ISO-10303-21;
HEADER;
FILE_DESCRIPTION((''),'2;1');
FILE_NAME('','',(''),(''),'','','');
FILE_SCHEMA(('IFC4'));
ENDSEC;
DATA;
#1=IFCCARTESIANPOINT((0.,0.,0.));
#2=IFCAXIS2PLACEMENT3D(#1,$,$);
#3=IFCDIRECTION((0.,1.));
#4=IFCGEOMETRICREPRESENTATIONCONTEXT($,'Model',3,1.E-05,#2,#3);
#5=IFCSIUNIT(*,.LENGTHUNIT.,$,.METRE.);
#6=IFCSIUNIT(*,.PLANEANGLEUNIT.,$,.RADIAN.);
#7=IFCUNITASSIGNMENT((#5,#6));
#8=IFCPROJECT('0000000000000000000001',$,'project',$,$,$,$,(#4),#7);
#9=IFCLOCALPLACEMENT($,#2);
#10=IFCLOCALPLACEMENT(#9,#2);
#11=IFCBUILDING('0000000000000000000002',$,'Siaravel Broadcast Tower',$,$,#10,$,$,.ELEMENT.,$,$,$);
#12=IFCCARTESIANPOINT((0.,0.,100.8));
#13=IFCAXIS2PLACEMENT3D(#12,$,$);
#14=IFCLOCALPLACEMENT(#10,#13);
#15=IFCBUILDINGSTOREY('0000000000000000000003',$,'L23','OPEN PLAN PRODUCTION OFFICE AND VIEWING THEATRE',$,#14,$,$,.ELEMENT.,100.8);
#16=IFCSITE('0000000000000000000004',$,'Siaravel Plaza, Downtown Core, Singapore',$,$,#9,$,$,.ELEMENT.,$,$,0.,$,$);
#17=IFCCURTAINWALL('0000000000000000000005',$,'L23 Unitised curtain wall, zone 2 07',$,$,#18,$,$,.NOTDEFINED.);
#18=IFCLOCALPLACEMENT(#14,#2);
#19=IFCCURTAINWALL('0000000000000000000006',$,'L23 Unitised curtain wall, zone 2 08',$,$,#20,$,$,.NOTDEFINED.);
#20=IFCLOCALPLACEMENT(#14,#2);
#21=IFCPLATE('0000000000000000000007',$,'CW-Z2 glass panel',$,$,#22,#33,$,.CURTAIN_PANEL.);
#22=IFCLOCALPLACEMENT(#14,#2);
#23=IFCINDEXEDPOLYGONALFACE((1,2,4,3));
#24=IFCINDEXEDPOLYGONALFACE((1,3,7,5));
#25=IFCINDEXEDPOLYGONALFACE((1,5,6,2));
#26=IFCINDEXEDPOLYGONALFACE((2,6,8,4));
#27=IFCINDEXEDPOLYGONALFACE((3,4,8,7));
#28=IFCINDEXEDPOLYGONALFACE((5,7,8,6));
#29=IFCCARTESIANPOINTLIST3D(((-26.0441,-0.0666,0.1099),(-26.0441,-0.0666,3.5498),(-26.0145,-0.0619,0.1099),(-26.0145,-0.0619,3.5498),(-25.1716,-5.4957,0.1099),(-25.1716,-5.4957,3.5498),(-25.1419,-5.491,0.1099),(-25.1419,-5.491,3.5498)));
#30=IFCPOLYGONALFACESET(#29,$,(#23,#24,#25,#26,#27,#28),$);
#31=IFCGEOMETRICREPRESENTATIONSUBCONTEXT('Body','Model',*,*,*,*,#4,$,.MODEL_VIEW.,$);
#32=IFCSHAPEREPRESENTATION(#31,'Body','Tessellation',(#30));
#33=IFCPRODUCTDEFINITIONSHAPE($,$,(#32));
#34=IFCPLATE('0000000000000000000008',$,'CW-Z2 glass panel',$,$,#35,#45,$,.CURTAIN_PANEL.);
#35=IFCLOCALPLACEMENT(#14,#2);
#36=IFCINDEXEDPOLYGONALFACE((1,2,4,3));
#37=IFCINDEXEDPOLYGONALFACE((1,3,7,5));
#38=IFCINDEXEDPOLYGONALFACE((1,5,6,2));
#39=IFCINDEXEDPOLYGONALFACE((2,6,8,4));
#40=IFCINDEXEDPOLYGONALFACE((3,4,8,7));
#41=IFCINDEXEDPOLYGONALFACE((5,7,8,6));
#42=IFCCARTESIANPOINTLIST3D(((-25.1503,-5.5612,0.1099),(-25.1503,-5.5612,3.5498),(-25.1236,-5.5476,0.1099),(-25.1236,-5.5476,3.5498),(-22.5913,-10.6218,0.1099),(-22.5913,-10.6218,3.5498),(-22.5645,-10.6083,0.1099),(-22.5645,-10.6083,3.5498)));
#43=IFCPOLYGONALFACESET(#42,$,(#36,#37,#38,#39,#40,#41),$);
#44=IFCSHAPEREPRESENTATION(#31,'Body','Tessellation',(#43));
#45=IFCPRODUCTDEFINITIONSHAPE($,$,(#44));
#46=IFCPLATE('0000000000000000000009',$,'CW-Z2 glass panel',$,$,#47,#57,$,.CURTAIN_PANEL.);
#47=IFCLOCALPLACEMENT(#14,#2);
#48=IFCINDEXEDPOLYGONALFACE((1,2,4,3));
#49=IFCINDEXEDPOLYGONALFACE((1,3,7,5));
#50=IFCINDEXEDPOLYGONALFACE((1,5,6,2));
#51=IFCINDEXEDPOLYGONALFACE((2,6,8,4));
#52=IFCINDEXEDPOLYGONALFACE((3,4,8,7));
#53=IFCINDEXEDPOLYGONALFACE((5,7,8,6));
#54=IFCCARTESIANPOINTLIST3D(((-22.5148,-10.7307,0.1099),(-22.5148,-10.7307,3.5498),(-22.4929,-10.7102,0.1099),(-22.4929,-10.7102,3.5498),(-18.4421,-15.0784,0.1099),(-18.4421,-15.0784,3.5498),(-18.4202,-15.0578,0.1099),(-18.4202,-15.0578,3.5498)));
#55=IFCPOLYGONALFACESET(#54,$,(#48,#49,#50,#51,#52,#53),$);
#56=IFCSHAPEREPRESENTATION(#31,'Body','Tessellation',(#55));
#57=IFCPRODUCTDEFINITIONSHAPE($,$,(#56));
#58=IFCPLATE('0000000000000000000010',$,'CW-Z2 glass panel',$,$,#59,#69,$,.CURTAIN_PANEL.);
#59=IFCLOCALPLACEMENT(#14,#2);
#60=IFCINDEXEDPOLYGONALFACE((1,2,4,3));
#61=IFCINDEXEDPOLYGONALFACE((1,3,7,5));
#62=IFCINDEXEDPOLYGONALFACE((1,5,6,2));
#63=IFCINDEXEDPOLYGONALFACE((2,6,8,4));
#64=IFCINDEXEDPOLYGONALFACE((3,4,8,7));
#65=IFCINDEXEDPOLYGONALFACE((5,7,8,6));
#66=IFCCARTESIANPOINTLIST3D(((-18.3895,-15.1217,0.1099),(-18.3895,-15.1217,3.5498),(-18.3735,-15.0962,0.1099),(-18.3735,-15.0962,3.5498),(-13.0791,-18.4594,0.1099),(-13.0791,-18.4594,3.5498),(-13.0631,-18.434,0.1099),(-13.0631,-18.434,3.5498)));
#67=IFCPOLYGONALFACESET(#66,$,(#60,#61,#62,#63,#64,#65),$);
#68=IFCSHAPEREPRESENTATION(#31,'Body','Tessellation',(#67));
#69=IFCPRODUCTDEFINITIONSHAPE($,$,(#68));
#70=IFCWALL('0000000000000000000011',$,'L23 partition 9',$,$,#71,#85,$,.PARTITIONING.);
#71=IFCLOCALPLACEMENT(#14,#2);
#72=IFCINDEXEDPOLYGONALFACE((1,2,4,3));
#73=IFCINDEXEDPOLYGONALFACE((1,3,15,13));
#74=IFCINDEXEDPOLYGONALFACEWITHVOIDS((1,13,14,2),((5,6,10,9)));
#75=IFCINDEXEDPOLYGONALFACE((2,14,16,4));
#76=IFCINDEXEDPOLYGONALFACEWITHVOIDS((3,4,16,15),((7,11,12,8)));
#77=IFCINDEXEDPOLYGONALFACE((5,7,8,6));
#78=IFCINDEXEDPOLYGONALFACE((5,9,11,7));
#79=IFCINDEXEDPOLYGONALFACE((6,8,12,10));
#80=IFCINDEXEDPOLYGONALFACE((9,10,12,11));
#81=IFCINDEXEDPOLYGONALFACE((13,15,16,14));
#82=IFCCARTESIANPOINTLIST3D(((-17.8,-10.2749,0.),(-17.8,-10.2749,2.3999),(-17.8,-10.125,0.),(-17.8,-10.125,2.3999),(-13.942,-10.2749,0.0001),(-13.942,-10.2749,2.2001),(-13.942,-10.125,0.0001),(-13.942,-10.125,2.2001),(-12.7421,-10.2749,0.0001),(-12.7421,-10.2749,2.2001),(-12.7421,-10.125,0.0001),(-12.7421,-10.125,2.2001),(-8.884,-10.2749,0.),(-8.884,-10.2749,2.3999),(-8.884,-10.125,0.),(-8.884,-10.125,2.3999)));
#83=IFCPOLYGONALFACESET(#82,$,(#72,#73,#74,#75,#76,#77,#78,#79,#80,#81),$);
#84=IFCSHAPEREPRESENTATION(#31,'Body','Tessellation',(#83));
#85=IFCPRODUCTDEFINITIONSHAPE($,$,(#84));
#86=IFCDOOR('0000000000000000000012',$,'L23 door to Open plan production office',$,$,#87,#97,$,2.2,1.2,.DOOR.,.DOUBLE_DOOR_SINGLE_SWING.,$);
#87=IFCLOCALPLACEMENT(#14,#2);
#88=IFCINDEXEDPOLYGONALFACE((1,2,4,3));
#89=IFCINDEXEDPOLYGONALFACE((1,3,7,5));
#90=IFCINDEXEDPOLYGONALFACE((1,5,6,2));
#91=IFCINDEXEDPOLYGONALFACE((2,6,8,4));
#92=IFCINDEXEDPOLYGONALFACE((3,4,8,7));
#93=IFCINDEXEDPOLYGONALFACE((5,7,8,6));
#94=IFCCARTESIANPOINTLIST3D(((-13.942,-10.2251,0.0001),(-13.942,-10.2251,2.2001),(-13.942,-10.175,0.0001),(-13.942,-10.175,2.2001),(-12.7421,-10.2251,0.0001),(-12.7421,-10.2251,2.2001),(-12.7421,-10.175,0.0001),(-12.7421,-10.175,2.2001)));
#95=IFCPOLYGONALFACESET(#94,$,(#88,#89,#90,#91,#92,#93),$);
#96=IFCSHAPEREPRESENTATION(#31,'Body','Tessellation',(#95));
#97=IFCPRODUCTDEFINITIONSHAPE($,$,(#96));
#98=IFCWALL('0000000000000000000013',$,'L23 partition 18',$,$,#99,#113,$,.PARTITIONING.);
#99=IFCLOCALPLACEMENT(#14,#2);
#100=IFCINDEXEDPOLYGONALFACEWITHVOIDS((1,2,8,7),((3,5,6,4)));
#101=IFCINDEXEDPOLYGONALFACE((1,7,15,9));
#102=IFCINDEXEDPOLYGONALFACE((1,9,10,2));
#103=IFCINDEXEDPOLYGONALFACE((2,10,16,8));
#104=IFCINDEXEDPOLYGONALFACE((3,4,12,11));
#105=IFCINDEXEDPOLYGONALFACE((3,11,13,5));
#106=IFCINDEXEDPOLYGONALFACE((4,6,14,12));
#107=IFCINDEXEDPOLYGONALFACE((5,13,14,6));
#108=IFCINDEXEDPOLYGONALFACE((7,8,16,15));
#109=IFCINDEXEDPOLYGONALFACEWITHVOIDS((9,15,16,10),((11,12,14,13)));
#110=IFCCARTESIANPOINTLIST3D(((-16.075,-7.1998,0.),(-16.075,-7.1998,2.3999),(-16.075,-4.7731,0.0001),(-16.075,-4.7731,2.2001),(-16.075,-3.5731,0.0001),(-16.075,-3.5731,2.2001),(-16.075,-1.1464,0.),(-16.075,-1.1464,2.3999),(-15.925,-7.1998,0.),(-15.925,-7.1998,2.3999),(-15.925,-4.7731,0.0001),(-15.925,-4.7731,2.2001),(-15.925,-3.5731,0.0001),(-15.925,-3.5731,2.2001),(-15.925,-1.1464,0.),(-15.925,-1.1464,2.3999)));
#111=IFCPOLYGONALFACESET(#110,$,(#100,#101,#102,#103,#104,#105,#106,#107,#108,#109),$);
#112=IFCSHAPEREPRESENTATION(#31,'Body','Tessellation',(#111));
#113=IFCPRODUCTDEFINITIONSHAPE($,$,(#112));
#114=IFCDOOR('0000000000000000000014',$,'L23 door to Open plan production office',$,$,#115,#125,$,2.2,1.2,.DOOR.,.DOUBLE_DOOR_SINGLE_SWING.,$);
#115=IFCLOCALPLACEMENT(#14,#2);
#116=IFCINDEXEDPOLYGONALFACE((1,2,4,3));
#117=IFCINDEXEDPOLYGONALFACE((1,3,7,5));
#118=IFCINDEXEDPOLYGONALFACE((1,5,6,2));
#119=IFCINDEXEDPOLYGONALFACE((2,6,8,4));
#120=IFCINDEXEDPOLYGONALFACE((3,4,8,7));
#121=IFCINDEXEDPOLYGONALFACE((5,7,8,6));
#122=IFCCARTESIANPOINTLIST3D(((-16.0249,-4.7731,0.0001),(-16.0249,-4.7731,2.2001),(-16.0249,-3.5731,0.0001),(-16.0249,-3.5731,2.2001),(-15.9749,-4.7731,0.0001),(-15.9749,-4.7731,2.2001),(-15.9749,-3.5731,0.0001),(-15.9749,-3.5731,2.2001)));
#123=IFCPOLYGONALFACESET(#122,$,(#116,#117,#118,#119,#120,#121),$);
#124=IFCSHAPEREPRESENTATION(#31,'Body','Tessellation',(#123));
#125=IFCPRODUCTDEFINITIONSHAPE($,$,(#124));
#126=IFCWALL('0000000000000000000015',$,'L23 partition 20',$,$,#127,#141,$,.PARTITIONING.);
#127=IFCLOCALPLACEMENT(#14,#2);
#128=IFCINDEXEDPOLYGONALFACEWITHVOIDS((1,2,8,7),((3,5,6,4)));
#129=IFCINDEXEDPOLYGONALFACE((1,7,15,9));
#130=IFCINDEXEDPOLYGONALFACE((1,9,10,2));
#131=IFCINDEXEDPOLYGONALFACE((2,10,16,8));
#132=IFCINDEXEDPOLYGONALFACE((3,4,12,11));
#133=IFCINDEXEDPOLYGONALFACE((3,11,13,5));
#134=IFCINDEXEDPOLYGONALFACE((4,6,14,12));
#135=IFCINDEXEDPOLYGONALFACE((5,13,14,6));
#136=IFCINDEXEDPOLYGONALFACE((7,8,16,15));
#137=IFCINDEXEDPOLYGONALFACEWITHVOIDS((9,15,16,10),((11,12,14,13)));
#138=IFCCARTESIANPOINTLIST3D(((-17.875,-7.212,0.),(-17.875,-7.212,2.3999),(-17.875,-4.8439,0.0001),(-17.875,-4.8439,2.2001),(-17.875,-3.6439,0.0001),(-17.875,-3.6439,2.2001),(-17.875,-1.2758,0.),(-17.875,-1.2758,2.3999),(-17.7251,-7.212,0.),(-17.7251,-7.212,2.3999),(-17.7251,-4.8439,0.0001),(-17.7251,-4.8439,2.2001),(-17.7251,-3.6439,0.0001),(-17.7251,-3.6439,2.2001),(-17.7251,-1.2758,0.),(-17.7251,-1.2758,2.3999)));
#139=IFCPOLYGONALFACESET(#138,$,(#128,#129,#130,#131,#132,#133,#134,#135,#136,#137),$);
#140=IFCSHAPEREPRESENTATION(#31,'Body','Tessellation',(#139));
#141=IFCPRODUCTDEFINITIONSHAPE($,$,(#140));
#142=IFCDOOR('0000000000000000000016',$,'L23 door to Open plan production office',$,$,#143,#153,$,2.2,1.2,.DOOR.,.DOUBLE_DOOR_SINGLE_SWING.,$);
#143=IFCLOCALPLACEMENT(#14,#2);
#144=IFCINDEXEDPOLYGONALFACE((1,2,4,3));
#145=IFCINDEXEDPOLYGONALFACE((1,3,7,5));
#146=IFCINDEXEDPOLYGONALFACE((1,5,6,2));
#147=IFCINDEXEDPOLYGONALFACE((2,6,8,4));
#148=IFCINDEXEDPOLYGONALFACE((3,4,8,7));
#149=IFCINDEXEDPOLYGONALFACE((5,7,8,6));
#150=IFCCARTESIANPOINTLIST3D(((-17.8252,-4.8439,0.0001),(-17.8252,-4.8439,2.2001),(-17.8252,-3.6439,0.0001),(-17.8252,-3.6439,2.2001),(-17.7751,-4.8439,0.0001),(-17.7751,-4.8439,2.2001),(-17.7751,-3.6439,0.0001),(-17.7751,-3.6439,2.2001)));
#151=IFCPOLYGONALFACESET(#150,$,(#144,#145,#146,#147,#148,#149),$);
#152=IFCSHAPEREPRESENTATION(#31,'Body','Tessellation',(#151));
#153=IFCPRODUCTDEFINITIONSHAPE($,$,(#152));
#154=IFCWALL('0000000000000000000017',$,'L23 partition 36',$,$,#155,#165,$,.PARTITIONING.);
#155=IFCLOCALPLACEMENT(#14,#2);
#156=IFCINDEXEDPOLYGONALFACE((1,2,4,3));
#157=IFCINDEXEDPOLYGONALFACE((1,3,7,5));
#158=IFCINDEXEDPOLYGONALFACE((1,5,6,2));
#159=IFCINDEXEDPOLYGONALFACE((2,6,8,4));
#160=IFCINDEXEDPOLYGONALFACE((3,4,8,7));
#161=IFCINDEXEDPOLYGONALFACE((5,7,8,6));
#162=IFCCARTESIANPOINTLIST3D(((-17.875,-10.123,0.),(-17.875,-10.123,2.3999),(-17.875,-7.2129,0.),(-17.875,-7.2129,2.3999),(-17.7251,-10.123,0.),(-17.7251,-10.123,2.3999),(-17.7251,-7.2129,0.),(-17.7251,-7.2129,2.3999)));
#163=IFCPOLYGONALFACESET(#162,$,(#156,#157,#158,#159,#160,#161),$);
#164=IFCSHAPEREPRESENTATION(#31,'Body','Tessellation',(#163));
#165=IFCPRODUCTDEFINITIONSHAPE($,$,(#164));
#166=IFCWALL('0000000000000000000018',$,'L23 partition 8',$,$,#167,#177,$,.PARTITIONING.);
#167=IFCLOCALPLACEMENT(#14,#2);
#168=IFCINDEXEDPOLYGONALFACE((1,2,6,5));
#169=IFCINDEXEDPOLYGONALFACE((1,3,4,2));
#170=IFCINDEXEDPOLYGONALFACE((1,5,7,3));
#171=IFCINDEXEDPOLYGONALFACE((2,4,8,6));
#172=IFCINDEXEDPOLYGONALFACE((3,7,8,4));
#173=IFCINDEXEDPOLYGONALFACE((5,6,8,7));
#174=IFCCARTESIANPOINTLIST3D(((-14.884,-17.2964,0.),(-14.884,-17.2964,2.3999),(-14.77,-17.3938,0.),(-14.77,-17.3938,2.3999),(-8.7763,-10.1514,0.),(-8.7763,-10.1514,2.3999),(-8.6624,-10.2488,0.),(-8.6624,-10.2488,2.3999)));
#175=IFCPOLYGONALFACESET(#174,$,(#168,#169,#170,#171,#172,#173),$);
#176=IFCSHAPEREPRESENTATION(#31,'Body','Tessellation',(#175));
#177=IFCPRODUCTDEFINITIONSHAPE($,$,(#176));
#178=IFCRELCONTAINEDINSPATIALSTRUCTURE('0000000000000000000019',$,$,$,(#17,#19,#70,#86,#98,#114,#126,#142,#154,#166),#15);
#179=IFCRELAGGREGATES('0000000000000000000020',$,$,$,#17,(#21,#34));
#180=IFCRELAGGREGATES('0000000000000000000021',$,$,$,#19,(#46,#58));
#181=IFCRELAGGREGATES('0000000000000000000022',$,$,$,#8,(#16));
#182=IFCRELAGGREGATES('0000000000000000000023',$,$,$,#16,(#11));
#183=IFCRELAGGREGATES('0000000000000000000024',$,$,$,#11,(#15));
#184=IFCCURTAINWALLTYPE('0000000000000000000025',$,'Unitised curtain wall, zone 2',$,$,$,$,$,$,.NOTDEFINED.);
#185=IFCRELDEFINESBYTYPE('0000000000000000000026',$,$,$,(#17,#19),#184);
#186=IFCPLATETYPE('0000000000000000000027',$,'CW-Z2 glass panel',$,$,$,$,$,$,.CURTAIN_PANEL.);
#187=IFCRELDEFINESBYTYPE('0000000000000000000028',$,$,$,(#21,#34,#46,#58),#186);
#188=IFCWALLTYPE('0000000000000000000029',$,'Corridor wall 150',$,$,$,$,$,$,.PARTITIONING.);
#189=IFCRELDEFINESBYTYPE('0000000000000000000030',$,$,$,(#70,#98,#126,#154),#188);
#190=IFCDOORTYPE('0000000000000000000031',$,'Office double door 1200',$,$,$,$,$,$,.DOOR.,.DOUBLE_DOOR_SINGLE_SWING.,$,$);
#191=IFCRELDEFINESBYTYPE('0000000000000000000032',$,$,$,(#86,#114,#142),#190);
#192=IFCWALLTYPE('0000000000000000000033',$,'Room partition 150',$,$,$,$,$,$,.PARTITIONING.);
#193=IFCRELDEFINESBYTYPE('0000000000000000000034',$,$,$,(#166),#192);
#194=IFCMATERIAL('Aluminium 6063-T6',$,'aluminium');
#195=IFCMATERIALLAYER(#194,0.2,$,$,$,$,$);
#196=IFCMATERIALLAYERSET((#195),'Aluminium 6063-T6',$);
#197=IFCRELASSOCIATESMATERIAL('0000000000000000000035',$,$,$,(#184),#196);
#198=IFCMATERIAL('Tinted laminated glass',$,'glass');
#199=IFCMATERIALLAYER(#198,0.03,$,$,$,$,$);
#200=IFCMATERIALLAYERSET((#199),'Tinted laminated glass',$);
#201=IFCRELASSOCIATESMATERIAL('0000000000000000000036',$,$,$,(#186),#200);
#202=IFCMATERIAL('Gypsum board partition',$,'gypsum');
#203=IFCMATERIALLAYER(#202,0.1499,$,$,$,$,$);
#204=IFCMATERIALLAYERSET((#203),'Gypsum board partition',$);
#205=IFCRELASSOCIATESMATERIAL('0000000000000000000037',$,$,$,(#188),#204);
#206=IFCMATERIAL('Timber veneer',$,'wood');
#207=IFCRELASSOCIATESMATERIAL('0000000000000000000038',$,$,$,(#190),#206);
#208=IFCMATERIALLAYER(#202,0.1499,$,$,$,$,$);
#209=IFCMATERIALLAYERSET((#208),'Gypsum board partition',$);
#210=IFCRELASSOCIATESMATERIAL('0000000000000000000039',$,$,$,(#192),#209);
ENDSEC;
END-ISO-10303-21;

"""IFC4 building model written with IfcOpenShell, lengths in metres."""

from ifc_helpers import new_model, si_unit, direction, frame, frame_2d, origin, origin_2d, place, context, subcontext, project, spatial, rectangle, extrude, material, layer, layer_set, type_object, element, fill, aggregate, save


model = new_model("IFC4")

# Units and contexts
model_context = context("Model", 3, precision=1e-05, world=origin(), true_north=direction((0.0, 1.0)))
body_context = subcontext(model_context, "Body", "Model", "MODEL_VIEW")
ifc_project = project(units=[si_unit("LENGTHUNIT", "METRE"), si_unit("PLANEANGLEUNIT", "RADIAN")], contexts=[model_context])

# Site, building, storey
site_placement = place(None, origin())
site = spatial("IfcSite", under=ifc_project, at=site_placement, Name="Siaravel Plaza, Downtown Core, Singapore", CompositionType="ELEMENT", RefElevation=0.0)
building_placement = place(site_placement, origin())
building = spatial("IfcBuilding", under=site, at=building_placement, Name="Siaravel Broadcast Tower", CompositionType="ELEMENT")
storey_placement = place(building_placement, frame((0.0, 0.0, 100.8)))
storey = spatial("IfcBuildingStorey", under=building, at=storey_placement, Name="L23", Description="OPEN PLAN PRODUCTION OFFICE AND VIEWING THEATRE", CompositionType="ELEMENT", Elevation=100.8)

# Curtain walls
ifc_material_1 = material(Name="Aluminium 6063-T6", Category="aluminium")
ifc_layer_1 = layer(ifc_material_1, 0.2)
ifc_layer_set_1 = layer_set([ifc_layer_1], Name="Aluminium 6063-T6")
curtain_wall_type = type_object("IfcCurtainWallType", Name="Unitised curtain wall, zone 2", PredefinedType="NOTDEFINED", material=ifc_layer_set_1)
curtain_wall_1_placement = place(storey_placement, origin())
curtain_wall_1 = element("IfcCurtainWall", 1, at=curtain_wall_1_placement, inside=storey, type_object=curtain_wall_type, Name="L23 Unitised curtain wall, zone 2 07", PredefinedType="NOTDEFINED")
curtain_wall_2_placement = place(storey_placement, origin())
curtain_wall_2 = element("IfcCurtainWall", 2, at=curtain_wall_2_placement, inside=storey, type_object=curtain_wall_type, Name="L23 Unitised curtain wall, zone 2 08", PredefinedType="NOTDEFINED")

# Plates
ifc_material_2 = material(Name="Tinted laminated glass", Category="glass")
ifc_layer_2 = layer(ifc_material_2, 0.03)
ifc_layer_set_2 = layer_set([ifc_layer_2], Name="Tinted laminated glass")
plate_type = type_object("IfcPlateType", Name="CW-Z2 glass panel", PredefinedType="CURTAIN_PANEL", material=ifc_layer_set_2)
plate_1_placement = place(storey_placement, frame((-25.593, -2.7788, 0.1099), z_axis=(0.0, 0.0, 1.0), x_axis=(0.158686, -0.987329, 0.0)))
plate_1 = element("IfcPlate", 3, at=plate_1_placement, type_object=plate_type, Name="CW-Z2 glass panel", PredefinedType="CURTAIN_PANEL", context=body_context, shape_type="SweptSolid", body=[
    extrude(rectangle(XDim=5.4988, YDim=0.03, at=origin_2d()), origin(), (0.0, 0.0, 1.0), 3.4399),
])
plate_2_placement = place(storey_placement, frame((-23.8574, -8.0847, 0.1099), z_axis=(0.0, 0.0, 1.0), x_axis=(0.451261, -0.892392, 0.0)))
plate_2 = element("IfcPlate", 4, at=plate_2_placement, type_object=plate_type, Name="CW-Z2 glass panel", PredefinedType="CURTAIN_PANEL", context=body_context, shape_type="SweptSolid", body=[
    extrude(rectangle(XDim=5.6709, YDim=0.03, at=origin_2d()), origin(), (0.0, 0.0, 1.0), 3.4399),
])
aggregate(curtain_wall_1, [plate_1, plate_2])
plate_3_placement = place(storey_placement, frame((-20.4675, -12.8943, 0.1099), z_axis=(0.0, 0.0, 1.0), x_axis=(0.683656, -0.729805, 0.0)))
plate_3 = element("IfcPlate", 5, at=plate_3_placement, type_object=plate_type, Name="CW-Z2 glass panel", PredefinedType="CURTAIN_PANEL", context=body_context, shape_type="SweptSolid", body=[
    extrude(rectangle(XDim=5.9573, YDim=0.03, at=origin_2d()), origin(), (0.0, 0.0, 1.0), 3.4399),
])
plate_4_placement = place(storey_placement, frame((-15.7263, -16.7778, 0.1099), z_axis=(0.0, 0.0, 1.0), x_axis=(0.846651, -0.532149, 0.0)))
plate_4 = element("IfcPlate", 6, at=plate_4_placement, type_object=plate_type, Name="CW-Z2 glass panel", PredefinedType="CURTAIN_PANEL", context=body_context, shape_type="SweptSolid", body=[
    extrude(rectangle(XDim=6.2722, YDim=0.03, at=origin_2d()), origin(), (0.0, 0.0, 1.0), 3.4399),
])
aggregate(curtain_wall_2, [plate_3, plate_4])

# Walls, openings, doors
ifc_material_3 = material(Name="Gypsum board partition", Category="gypsum")
ifc_layer_3 = layer(ifc_material_3, 0.1499)
ifc_layer_set_3 = layer_set([ifc_layer_3], Name="Gypsum board partition")
wall_type_1 = type_object("IfcWallType", Name="Corridor wall 150", PredefinedType="PARTITIONING", material=ifc_layer_set_3)
wall_1_placement = place(storey_placement, frame((-17.8, -10.2, 0.0), z_axis=(0.0, 0.0, 1.0), x_axis=(1.0, 0.0, 0.0)))
wall_1 = element("IfcWall", 7, at=wall_1_placement, inside=storey, type_object=wall_type_1, Name="L23 partition 9", PredefinedType="PARTITIONING", context=body_context, shape_type="SweptSolid", body=[
    extrude(rectangle(XDim=8.916, YDim=0.1499, at=frame_2d((4.458, 0.0))), origin(), (0.0, 0.0, 1.0), 2.3999),
])
opening_1_placement = place(wall_1_placement, frame((3.8579, 0.0, 0.0)))
opening_1 = element("IfcOpeningElement", 8, at=opening_1_placement, cuts=wall_1, PredefinedType="OPENING", context=body_context, shape_type="SweptSolid", body=[
    extrude(rectangle(XDim=1.2, YDim=2.2, at=frame_2d((0.6001, 1.1001))), frame((0.0, 0.085, 0.0), z_axis=(0.0, -1.0, 0.0), x_axis=(1.0, 0.0, 0.0)), (0.0, 0.0, 1.0), 0.1699),
])
ifc_material_4 = material(Name="Timber veneer", Category="wood")
door_type = type_object("IfcDoorType", Name="Office double door 1200", OperationType="DOUBLE_DOOR_SINGLE_SWING", PredefinedType="DOOR", material=ifc_material_4)
door_1_placement = place(opening_1_placement, origin())
door_1 = element("IfcDoor", 9, at=door_1_placement, inside=storey, type_object=door_type, Name="L23 door to Open plan production office", OperationType="DOUBLE_DOOR_SINGLE_SWING", OverallHeight=2.2, OverallWidth=1.2, PredefinedType="DOOR", context=body_context, shape_type="SweptSolid", body=[
    extrude(rectangle(XDim=1.2, YDim=2.2, at=frame_2d((0.6001, 1.1001))), frame((0.0, 0.0249, 0.0), z_axis=(0.0, -1.0, 0.0), x_axis=(1.0, 0.0, 0.0)), (0.0, 0.0, 1.0), 0.05),
])
fill(opening_1, door_1)
wall_2_placement = place(storey_placement, frame((-16.0, -7.2, 0.0), z_axis=(0.0, 0.0, 1.0), x_axis=(0.0, 1.0, 0.0)))
wall_2 = element("IfcWall", 10, at=wall_2_placement, inside=storey, type_object=wall_type_1, Name="L23 partition 18", PredefinedType="PARTITIONING", context=body_context, shape_type="SweptSolid", body=[
    extrude(rectangle(XDim=6.0535, YDim=0.1499, at=frame_2d((3.0269, 0.0))), origin(), (0.0, 0.0, 1.0), 2.3999),
])
opening_2_placement = place(wall_2_placement, frame((2.4268, 0.0, 0.0)))
opening_2 = element("IfcOpeningElement", 11, at=opening_2_placement, cuts=wall_2, PredefinedType="OPENING", context=body_context, shape_type="SweptSolid", body=[
    extrude(rectangle(XDim=1.2, YDim=2.2, at=frame_2d((0.6001, 1.1001))), frame((0.0, 0.085, 0.0), z_axis=(0.0, -1.0, 0.0), x_axis=(1.0, 0.0, 0.0)), (0.0, 0.0, 1.0), 0.1699),
])
door_2_placement = place(opening_2_placement, origin())
door_2 = element("IfcDoor", 12, at=door_2_placement, inside=storey, type_object=door_type, Name="L23 door to Open plan production office", OperationType="DOUBLE_DOOR_SINGLE_SWING", OverallHeight=2.2, OverallWidth=1.2, PredefinedType="DOOR", context=body_context, shape_type="SweptSolid", body=[
    extrude(rectangle(XDim=1.2, YDim=2.2, at=frame_2d((0.6001, 1.1001))), frame((0.0, 0.0249, 0.0), z_axis=(0.0, -1.0, 0.0), x_axis=(1.0, 0.0, 0.0)), (0.0, 0.0, 1.0), 0.05),
])
fill(opening_2, door_2)
wall_3_placement = place(storey_placement, frame((-17.8, -1.2756, 0.0), z_axis=(0.0, 0.0, 1.0), x_axis=(0.0, -1.0, 0.0)))
wall_3 = element("IfcWall", 13, at=wall_3_placement, inside=storey, type_object=wall_type_1, Name="L23 partition 20", PredefinedType="PARTITIONING", context=body_context, shape_type="SweptSolid", body=[
    extrude(rectangle(XDim=5.9363, YDim=0.1499, at=frame_2d((2.9683, 0.0))), origin(), (0.0, 0.0, 1.0), 2.3999),
])
opening_3_placement = place(wall_3_placement, frame((2.3682, 0.0, 0.0)))
opening_3 = element("IfcOpeningElement", 14, at=opening_3_placement, cuts=wall_3, PredefinedType="OPENING", context=body_context, shape_type="SweptSolid", body=[
    extrude(rectangle(XDim=1.2, YDim=2.2, at=frame_2d((0.6001, 1.1001))), frame((0.0, 0.085, 0.0), z_axis=(0.0, -1.0, 0.0), x_axis=(1.0, 0.0, 0.0)), (0.0, 0.0, 1.0), 0.1699),
])
door_3_placement = place(opening_3_placement, origin())
door_3 = element("IfcDoor", 15, at=door_3_placement, inside=storey, type_object=door_type, Name="L23 door to Open plan production office", OperationType="DOUBLE_DOOR_SINGLE_SWING", OverallHeight=2.2, OverallWidth=1.2, PredefinedType="DOOR", context=body_context, shape_type="SweptSolid", body=[
    extrude(rectangle(XDim=1.2, YDim=2.2, at=frame_2d((0.6001, 1.1001))), frame((0.0, 0.0249, 0.0), z_axis=(0.0, -1.0, 0.0), x_axis=(1.0, 0.0, 0.0)), (0.0, 0.0, 1.0), 0.05),
])
fill(opening_3, door_3)

# Walls
wall_4_placement = place(storey_placement, frame((-17.8, -7.2129, 0.0), z_axis=(0.0, 0.0, 1.0), x_axis=(0.0, -1.0, 0.0)))
element("IfcWall", 16, at=wall_4_placement, inside=storey, type_object=wall_type_1, Name="L23 partition 36", PredefinedType="PARTITIONING", context=body_context, shape_type="SweptSolid", body=[
    extrude(rectangle(XDim=2.9102, YDim=0.1499, at=frame_2d((1.4551, 0.0))), origin(), (0.0, 0.0, 1.0), 2.3999),
])
ifc_layer_4 = layer(ifc_material_3, 0.1499)
ifc_layer_set_4 = layer_set([ifc_layer_4], Name="Gypsum board partition")
wall_type_2 = type_object("IfcWallType", Name="Room partition 150", PredefinedType="PARTITIONING", material=ifc_layer_set_4)
wall_5_placement = place(storey_placement, frame((-14.8269, -17.345, 0.0), z_axis=(0.0, 0.0, 1.0), x_axis=(0.64977, 0.76013, 0.0)))
element("IfcWall", 17, at=wall_5_placement, inside=storey, type_object=wall_type_2, Name="L23 partition 8", PredefinedType="PARTITIONING", context=body_context, shape_type="SweptSolid", body=[
    extrude(rectangle(XDim=9.3997, YDim=0.1499, at=frame_2d((4.6997, 0.0))), origin(), (0.0, 0.0, 1.0), 2.3999),
])

save(model, "model.ifc")
